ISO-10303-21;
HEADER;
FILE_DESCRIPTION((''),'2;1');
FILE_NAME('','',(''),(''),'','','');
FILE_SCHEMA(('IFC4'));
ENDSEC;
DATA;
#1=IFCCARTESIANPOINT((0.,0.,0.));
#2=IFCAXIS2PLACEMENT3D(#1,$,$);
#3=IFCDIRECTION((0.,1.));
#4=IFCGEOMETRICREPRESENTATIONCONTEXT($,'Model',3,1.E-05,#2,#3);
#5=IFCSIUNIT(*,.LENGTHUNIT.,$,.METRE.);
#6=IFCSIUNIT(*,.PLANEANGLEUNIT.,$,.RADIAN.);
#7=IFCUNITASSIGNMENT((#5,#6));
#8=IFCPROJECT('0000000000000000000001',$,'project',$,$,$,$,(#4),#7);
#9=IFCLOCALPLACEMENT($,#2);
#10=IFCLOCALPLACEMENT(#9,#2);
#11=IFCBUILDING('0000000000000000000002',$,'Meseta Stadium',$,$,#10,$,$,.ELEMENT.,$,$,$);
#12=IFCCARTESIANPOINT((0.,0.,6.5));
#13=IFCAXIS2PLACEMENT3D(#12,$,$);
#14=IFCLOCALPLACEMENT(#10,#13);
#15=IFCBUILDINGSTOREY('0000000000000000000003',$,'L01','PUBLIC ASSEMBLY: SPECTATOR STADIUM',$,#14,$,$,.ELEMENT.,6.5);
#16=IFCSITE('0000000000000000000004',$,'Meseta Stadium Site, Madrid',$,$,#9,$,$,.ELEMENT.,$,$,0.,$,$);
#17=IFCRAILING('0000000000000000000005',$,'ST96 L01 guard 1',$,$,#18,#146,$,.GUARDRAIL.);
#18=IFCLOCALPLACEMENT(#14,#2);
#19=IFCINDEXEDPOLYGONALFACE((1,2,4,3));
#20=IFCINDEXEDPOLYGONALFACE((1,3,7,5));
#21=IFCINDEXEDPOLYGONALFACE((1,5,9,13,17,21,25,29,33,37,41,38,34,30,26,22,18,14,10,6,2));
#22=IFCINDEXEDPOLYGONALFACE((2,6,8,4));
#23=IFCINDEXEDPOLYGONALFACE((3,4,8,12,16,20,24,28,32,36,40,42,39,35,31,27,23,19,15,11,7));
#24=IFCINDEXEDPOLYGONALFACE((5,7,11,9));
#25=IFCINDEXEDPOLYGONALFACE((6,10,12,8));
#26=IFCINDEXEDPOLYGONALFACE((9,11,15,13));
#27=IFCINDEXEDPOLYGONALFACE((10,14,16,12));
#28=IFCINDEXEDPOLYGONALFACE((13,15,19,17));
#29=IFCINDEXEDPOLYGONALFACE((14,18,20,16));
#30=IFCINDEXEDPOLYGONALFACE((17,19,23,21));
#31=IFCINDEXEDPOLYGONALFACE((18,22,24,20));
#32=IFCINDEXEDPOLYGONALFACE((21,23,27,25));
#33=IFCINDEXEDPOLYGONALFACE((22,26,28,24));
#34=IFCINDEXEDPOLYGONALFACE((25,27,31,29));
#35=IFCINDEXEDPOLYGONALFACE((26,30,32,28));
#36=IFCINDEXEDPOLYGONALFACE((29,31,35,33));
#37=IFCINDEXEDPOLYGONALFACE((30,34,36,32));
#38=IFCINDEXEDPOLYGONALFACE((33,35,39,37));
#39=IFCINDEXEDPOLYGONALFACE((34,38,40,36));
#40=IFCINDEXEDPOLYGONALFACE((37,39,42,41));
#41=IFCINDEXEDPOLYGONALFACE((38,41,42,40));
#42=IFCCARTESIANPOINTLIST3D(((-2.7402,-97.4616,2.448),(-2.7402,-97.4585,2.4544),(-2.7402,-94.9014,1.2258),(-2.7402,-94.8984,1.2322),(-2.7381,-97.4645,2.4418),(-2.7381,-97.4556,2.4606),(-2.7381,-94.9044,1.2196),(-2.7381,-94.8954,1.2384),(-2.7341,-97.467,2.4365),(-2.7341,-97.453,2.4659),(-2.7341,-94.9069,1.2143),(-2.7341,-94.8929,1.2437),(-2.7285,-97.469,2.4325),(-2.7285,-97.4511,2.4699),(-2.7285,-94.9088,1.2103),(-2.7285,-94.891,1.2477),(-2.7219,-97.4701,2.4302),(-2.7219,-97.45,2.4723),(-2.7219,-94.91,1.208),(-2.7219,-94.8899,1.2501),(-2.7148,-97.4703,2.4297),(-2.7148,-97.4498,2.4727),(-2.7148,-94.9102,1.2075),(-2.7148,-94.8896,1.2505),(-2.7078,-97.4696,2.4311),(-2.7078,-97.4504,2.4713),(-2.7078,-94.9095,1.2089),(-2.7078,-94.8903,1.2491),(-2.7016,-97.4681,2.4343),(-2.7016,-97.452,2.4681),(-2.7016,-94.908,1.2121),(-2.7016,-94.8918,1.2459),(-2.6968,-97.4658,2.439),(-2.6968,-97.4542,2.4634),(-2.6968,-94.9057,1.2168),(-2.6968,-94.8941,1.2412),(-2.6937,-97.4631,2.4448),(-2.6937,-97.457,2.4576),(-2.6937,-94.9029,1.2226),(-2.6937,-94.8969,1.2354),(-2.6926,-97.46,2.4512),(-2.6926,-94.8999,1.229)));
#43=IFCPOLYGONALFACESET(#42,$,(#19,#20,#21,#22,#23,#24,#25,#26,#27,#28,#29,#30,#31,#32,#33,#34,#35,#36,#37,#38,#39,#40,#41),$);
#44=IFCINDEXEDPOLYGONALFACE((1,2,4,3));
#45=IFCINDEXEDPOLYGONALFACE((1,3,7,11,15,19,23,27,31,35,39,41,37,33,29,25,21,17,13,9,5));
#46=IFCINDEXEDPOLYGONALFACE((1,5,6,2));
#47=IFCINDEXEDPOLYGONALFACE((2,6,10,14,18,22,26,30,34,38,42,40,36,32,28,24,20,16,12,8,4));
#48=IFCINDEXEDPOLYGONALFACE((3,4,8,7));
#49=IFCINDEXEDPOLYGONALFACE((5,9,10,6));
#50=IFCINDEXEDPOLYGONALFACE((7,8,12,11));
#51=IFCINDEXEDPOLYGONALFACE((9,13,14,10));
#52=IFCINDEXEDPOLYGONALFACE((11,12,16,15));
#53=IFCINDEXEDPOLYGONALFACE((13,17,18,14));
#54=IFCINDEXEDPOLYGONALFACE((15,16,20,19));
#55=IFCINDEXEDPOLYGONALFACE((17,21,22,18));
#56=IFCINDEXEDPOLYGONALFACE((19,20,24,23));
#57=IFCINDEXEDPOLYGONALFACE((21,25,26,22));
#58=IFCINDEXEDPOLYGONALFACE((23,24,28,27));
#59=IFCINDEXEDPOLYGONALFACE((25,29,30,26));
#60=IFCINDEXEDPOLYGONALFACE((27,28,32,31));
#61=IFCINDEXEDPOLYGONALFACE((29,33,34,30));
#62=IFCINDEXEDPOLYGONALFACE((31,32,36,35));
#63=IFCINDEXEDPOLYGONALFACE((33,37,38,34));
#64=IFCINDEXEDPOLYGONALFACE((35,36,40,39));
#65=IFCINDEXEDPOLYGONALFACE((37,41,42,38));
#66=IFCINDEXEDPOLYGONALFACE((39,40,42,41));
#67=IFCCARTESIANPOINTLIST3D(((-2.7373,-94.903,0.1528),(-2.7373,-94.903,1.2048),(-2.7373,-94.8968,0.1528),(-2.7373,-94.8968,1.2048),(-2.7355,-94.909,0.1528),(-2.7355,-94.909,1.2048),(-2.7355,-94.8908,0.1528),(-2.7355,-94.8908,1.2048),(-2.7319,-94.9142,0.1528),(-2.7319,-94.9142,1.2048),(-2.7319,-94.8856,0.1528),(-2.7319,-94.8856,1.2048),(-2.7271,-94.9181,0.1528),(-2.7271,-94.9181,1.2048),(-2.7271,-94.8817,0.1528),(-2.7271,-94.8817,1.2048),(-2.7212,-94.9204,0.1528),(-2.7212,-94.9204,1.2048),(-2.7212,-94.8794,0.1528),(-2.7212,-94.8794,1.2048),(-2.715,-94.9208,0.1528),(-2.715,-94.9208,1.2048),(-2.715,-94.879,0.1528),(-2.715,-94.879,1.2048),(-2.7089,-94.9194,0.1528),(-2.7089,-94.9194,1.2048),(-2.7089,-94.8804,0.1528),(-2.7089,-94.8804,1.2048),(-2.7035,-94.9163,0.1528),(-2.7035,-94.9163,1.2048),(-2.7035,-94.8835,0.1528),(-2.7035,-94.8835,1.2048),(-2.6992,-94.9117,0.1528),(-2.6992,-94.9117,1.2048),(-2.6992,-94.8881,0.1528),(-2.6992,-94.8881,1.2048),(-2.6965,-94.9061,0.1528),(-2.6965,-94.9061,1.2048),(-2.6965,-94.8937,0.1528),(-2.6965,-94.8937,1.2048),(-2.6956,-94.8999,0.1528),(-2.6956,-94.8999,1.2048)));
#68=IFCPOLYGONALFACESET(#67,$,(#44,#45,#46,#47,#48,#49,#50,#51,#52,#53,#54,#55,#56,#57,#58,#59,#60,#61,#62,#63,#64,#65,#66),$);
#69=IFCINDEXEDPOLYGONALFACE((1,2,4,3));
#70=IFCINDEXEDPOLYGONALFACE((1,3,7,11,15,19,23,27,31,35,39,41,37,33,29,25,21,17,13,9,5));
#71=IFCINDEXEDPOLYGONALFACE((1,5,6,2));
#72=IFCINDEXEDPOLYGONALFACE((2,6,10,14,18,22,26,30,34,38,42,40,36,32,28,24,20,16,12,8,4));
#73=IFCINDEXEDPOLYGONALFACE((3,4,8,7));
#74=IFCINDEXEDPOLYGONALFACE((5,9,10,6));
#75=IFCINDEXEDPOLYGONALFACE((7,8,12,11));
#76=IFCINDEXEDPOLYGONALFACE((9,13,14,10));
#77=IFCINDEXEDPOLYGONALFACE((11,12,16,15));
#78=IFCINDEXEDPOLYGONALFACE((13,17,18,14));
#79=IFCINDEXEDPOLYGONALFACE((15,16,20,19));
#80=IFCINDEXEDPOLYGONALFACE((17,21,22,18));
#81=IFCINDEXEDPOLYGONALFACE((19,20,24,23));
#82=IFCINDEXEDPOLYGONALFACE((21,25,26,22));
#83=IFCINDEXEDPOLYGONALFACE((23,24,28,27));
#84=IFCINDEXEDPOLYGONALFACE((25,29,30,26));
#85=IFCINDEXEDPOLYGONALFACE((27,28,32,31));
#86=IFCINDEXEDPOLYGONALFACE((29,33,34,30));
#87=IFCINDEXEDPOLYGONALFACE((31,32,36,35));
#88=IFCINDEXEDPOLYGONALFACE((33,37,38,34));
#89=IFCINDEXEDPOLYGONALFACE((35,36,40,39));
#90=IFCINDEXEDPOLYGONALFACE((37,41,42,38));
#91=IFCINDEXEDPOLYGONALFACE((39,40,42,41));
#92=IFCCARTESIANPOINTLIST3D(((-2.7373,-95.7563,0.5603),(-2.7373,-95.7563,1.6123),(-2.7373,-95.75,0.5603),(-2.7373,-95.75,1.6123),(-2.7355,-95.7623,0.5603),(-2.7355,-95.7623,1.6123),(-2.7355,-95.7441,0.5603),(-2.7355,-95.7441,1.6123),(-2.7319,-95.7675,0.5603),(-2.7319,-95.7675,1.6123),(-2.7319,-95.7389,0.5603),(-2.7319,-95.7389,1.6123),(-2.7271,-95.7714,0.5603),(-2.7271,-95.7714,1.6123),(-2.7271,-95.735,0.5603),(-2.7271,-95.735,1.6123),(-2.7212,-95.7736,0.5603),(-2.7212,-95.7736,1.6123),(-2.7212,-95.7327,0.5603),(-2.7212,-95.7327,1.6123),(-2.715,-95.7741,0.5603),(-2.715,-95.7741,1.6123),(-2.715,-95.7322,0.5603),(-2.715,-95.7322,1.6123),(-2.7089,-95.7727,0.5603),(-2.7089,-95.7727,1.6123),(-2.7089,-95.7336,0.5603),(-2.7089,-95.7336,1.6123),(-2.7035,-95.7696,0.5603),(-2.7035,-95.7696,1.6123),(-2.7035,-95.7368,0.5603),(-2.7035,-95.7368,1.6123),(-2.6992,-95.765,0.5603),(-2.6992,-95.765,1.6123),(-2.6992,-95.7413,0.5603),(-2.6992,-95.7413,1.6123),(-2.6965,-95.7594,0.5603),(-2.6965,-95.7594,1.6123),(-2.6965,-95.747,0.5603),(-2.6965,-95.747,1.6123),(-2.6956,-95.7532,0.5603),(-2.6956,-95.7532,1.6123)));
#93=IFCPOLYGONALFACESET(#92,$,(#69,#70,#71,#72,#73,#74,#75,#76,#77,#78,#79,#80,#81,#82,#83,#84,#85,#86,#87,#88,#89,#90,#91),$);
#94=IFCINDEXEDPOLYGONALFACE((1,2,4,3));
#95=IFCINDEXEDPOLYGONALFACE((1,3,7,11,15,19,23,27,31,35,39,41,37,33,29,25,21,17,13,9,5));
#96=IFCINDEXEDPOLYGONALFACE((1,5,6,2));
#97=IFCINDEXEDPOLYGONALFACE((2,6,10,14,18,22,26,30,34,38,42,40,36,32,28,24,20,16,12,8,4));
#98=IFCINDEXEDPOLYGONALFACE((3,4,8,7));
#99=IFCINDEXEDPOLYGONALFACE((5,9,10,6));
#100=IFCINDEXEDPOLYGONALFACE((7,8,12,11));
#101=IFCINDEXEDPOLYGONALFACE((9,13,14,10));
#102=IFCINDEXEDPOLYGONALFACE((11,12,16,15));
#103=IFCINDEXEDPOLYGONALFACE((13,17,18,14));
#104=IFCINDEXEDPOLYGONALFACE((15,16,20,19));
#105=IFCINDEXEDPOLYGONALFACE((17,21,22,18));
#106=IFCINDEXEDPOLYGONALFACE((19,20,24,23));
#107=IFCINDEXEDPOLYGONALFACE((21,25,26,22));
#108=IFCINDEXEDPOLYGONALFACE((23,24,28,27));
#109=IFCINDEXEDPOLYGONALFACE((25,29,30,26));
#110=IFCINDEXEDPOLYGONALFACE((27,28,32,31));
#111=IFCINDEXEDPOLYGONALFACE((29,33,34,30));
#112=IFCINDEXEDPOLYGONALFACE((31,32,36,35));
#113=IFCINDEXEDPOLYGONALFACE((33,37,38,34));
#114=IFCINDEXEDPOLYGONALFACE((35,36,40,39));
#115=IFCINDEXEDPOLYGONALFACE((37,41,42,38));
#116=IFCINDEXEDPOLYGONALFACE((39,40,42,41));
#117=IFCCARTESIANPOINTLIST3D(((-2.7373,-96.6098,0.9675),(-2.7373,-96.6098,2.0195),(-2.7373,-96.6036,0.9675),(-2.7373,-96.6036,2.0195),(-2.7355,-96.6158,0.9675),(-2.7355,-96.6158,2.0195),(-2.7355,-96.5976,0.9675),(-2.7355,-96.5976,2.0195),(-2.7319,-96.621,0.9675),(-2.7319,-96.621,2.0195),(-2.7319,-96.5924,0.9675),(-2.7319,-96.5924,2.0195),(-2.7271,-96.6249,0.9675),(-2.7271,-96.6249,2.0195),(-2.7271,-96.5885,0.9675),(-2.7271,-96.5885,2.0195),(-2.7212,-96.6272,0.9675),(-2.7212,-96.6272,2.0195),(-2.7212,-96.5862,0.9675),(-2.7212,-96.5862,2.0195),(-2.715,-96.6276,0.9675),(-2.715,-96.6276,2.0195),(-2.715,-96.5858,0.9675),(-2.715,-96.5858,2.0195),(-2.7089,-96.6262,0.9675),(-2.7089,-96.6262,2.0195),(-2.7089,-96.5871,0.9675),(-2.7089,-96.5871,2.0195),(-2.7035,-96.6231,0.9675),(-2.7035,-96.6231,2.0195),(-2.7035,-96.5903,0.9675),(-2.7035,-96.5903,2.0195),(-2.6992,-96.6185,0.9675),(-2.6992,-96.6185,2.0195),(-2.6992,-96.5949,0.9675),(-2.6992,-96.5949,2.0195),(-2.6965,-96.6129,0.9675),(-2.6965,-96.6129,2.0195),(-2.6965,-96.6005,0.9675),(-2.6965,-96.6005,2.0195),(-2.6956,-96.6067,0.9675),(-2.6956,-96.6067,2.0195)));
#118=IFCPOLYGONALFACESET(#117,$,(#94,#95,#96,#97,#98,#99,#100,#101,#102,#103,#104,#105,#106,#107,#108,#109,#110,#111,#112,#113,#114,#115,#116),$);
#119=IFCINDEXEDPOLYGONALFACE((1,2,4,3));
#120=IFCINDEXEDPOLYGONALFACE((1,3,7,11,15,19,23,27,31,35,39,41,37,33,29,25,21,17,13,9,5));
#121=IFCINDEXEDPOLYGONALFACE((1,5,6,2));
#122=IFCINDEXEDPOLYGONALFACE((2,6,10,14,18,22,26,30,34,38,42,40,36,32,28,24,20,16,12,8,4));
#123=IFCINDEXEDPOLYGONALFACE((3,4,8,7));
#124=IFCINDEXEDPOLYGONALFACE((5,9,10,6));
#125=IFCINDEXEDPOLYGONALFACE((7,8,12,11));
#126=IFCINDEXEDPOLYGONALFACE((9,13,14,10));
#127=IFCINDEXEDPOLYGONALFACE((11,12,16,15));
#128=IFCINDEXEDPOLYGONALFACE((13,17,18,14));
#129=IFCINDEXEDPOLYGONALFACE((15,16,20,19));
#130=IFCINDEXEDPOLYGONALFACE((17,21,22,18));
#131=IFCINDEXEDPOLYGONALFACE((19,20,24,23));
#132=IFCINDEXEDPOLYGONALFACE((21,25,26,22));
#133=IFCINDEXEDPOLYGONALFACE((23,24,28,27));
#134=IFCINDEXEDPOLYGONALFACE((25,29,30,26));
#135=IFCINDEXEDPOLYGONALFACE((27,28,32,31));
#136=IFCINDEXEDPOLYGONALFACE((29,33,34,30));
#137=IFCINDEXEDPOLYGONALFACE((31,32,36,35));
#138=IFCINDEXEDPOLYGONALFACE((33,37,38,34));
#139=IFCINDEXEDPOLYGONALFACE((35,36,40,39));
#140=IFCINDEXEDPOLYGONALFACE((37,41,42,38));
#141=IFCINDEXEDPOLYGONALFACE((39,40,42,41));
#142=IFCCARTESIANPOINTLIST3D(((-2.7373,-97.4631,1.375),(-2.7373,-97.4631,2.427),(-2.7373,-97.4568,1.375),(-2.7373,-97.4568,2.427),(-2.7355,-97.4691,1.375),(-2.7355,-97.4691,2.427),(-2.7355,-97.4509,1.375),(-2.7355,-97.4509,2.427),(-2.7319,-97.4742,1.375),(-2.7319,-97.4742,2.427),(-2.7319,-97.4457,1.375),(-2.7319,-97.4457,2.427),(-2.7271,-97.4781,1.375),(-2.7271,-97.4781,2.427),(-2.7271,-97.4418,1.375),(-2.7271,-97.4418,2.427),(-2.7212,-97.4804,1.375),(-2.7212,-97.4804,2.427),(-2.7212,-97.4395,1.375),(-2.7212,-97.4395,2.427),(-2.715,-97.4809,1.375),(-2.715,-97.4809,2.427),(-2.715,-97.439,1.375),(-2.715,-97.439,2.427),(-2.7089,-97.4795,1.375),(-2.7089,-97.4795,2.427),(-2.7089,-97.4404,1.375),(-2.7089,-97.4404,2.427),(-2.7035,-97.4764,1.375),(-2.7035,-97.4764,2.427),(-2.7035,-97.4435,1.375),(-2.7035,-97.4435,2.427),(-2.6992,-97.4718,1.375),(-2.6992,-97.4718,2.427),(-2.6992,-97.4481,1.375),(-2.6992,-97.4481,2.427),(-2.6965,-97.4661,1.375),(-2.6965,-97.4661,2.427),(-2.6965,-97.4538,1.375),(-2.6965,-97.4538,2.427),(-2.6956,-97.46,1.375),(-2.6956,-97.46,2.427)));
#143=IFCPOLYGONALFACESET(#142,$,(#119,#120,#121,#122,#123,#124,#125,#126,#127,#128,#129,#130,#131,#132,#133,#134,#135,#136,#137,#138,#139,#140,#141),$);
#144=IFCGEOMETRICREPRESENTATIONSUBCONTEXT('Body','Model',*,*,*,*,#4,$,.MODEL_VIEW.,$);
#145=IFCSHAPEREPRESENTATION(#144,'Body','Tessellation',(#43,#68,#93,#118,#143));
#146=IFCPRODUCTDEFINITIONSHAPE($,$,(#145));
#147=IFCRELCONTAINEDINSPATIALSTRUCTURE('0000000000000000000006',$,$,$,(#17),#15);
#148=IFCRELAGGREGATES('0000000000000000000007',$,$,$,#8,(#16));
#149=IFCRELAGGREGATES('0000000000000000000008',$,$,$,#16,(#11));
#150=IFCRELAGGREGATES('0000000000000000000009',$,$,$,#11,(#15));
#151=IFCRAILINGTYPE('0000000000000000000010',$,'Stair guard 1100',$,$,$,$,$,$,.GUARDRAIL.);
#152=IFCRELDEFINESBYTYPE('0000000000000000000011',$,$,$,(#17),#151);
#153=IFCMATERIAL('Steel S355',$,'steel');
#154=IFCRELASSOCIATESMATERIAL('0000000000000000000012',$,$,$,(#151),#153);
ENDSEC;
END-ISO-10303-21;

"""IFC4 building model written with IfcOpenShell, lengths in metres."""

from ifc_helpers import new_model, si_unit, direction, frame, origin, origin_2d, place, context, subcontext, project, spatial, circle, extrude, material, type_object, element, save


model = new_model("IFC4")

# Units and contexts
model_context = context("Model", 3, precision=1e-05, world=origin(), true_north=direction((0.0, 1.0)))
body_context = subcontext(model_context, "Body", "Model", "MODEL_VIEW")
ifc_project = project(units=[si_unit("LENGTHUNIT", "METRE"), si_unit("PLANEANGLEUNIT", "RADIAN")], contexts=[model_context])

# Site, building, storey
site_placement = place(None, origin())
site = spatial("IfcSite", under=ifc_project, at=site_placement, Name="Meseta Stadium Site, Madrid", CompositionType="ELEMENT", RefElevation=0.0)
building_placement = place(site_placement, origin())
building = spatial("IfcBuilding", under=site, at=building_placement, Name="Meseta Stadium", CompositionType="ELEMENT")
storey_placement = place(building_placement, frame((0.0, 0.0, 6.5)))
storey = spatial("IfcBuildingStorey", under=building, at=storey_placement, Name="L01", Description="PUBLIC ASSEMBLY: SPECTATOR STADIUM", CompositionType="ELEMENT", Elevation=6.5)

# Railing
ifc_material_1 = material(Name="Steel S355", Category="steel")
railing_type_1 = type_object("IfcRailingType", Name="Stair guard 1100", PredefinedType="GUARDRAIL", material=ifc_material_1)
railing_1_placement = place(storey_placement, frame((-2.7166, -94.8999, 0.1528)))
element("IfcRailing", 1, at=railing_1_placement, inside=storey, type_object=railing_type_1, Name="ST96 L01 guard 1", PredefinedType="GUARDRAIL", context=body_context, shape_type="SweptSolid", body=[
    extrude(circle(Radius=0.0239, at=origin_2d()), frame((0.0, 0.0, 1.0762), z_axis=(0.0, -0.902437, 0.430822), x_axis=(1.0, 0.0, 0.0)), (0.0, 0.0, 1.0), 2.8369),
    extrude(circle(Radius=0.021, at=origin_2d()), origin(), (0.0, 0.0, 1.0), 1.052),
    extrude(circle(Radius=0.021, at=origin_2d()), frame((0.0, -0.8533, 0.4075)), (0.0, 0.0, 1.0), 1.052),
    extrude(circle(Radius=0.021, at=origin_2d()), frame((0.0, -1.7068, 0.8147)), (0.0, 0.0, 1.0), 1.052),
    extrude(circle(Radius=0.021, at=origin_2d()), frame((0.0, -2.5601, 1.2222)), (0.0, 0.0, 1.0), 1.052),
])

save(model, "model.ifc")
